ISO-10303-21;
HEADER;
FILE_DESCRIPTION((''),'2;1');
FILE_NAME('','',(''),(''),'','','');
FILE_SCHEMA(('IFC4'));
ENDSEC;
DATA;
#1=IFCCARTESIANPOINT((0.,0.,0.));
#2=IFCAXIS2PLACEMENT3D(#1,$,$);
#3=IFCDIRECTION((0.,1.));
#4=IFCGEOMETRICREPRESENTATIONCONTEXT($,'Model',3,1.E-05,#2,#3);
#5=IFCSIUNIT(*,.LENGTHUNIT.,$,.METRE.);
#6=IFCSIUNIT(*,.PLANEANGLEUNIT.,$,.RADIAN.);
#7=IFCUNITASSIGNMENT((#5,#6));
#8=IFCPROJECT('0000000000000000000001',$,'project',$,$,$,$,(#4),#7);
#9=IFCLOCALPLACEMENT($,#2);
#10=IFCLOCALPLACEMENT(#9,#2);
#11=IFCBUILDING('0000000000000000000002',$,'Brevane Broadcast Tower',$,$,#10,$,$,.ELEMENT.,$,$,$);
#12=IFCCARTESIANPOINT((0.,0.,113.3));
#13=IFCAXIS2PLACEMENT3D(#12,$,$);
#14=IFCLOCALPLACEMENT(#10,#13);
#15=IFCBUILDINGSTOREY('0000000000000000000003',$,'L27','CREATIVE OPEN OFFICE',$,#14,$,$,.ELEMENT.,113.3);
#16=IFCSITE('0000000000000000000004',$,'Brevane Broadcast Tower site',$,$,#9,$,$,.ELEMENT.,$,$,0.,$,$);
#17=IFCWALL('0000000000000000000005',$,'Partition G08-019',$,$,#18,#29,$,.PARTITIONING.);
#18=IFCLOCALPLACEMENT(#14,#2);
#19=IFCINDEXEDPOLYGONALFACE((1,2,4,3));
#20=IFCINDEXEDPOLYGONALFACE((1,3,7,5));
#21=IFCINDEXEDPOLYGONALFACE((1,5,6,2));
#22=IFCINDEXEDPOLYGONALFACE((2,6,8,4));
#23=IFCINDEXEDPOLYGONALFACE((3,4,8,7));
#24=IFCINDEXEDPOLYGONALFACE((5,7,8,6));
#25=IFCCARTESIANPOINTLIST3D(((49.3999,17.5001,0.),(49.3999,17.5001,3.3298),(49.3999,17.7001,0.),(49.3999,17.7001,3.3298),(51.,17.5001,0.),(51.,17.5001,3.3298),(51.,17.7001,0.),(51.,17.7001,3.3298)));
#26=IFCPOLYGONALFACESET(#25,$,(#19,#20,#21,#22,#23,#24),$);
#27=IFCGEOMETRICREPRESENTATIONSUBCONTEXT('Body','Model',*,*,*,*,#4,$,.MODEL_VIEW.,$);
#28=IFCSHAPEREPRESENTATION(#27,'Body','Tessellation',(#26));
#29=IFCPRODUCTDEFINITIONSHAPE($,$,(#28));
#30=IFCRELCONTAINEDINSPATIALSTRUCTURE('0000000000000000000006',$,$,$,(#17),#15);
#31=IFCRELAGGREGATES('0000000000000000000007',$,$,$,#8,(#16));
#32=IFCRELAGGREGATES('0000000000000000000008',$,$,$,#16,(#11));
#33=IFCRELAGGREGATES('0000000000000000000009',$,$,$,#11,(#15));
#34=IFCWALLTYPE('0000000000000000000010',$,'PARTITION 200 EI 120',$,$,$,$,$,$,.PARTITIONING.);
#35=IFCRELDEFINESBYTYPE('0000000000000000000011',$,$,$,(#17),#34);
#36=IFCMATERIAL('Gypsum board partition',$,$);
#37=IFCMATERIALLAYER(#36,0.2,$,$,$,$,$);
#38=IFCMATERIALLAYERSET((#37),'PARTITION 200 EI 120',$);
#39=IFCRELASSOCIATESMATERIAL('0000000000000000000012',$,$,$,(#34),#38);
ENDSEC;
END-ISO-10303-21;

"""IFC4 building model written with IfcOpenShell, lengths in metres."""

from ifc_helpers import new_model, si_unit, direction, frame, frame_2d, origin, place, context, subcontext, project, spatial, rectangle, extrude, material, layer, layer_set, type_object, element, save


model = new_model("IFC4")

# Units and contexts
model_context = context("Model", 3, precision=1e-05, world=origin(), true_north=direction((0.0, 1.0)))
body_context = subcontext(model_context, "Body", "Model", "MODEL_VIEW")
ifc_project = project(units=[si_unit("LENGTHUNIT", "METRE"), si_unit("PLANEANGLEUNIT", "RADIAN")], contexts=[model_context])

# Site, building, storey
site_placement = place(None, origin())
site = spatial("IfcSite", under=ifc_project, at=site_placement, Name="Brevane Broadcast Tower site", CompositionType="ELEMENT", RefElevation=0.0)
building_placement = place(site_placement, origin())
building = spatial("IfcBuilding", under=site, at=building_placement, Name="Brevane Broadcast Tower", CompositionType="ELEMENT")
storey_placement = place(building_placement, frame((0.0, 0.0, 113.3)))
storey = spatial("IfcBuildingStorey", under=building, at=storey_placement, Name="L27", Description="CREATIVE OPEN OFFICE", CompositionType="ELEMENT", Elevation=113.3)

# Shared definitions
ifc_material_1 = material(Name="Gypsum board partition")

# Wall
ifc_layer_1 = layer(ifc_material_1, 0.2)
ifc_layer_set_1 = layer_set([ifc_layer_1], Name="PARTITION 200 EI 120")
wall_type_1 = type_object("IfcWallType", Name="PARTITION 200 EI 120", PredefinedType="PARTITIONING", material=ifc_layer_set_1)
wall_1_placement = place(storey_placement, frame((51.0, 17.6001, 0.0), z_axis=(0.0, 0.0, 1.0), x_axis=(-1.0, 0.0, 0.0)))
element("IfcWall", 1, at=wall_1_placement, inside=storey, type_object=wall_type_1, Name="Partition G08-019", PredefinedType="PARTITIONING", context=body_context, shape_type="SweptSolid", body=[
    extrude(rectangle(XDim=1.6001, YDim=0.2, at=frame_2d((0.8, 0.0))), origin(), (0.0, 0.0, 1.0), 3.3298),
])

save(model, "model.ifc")
